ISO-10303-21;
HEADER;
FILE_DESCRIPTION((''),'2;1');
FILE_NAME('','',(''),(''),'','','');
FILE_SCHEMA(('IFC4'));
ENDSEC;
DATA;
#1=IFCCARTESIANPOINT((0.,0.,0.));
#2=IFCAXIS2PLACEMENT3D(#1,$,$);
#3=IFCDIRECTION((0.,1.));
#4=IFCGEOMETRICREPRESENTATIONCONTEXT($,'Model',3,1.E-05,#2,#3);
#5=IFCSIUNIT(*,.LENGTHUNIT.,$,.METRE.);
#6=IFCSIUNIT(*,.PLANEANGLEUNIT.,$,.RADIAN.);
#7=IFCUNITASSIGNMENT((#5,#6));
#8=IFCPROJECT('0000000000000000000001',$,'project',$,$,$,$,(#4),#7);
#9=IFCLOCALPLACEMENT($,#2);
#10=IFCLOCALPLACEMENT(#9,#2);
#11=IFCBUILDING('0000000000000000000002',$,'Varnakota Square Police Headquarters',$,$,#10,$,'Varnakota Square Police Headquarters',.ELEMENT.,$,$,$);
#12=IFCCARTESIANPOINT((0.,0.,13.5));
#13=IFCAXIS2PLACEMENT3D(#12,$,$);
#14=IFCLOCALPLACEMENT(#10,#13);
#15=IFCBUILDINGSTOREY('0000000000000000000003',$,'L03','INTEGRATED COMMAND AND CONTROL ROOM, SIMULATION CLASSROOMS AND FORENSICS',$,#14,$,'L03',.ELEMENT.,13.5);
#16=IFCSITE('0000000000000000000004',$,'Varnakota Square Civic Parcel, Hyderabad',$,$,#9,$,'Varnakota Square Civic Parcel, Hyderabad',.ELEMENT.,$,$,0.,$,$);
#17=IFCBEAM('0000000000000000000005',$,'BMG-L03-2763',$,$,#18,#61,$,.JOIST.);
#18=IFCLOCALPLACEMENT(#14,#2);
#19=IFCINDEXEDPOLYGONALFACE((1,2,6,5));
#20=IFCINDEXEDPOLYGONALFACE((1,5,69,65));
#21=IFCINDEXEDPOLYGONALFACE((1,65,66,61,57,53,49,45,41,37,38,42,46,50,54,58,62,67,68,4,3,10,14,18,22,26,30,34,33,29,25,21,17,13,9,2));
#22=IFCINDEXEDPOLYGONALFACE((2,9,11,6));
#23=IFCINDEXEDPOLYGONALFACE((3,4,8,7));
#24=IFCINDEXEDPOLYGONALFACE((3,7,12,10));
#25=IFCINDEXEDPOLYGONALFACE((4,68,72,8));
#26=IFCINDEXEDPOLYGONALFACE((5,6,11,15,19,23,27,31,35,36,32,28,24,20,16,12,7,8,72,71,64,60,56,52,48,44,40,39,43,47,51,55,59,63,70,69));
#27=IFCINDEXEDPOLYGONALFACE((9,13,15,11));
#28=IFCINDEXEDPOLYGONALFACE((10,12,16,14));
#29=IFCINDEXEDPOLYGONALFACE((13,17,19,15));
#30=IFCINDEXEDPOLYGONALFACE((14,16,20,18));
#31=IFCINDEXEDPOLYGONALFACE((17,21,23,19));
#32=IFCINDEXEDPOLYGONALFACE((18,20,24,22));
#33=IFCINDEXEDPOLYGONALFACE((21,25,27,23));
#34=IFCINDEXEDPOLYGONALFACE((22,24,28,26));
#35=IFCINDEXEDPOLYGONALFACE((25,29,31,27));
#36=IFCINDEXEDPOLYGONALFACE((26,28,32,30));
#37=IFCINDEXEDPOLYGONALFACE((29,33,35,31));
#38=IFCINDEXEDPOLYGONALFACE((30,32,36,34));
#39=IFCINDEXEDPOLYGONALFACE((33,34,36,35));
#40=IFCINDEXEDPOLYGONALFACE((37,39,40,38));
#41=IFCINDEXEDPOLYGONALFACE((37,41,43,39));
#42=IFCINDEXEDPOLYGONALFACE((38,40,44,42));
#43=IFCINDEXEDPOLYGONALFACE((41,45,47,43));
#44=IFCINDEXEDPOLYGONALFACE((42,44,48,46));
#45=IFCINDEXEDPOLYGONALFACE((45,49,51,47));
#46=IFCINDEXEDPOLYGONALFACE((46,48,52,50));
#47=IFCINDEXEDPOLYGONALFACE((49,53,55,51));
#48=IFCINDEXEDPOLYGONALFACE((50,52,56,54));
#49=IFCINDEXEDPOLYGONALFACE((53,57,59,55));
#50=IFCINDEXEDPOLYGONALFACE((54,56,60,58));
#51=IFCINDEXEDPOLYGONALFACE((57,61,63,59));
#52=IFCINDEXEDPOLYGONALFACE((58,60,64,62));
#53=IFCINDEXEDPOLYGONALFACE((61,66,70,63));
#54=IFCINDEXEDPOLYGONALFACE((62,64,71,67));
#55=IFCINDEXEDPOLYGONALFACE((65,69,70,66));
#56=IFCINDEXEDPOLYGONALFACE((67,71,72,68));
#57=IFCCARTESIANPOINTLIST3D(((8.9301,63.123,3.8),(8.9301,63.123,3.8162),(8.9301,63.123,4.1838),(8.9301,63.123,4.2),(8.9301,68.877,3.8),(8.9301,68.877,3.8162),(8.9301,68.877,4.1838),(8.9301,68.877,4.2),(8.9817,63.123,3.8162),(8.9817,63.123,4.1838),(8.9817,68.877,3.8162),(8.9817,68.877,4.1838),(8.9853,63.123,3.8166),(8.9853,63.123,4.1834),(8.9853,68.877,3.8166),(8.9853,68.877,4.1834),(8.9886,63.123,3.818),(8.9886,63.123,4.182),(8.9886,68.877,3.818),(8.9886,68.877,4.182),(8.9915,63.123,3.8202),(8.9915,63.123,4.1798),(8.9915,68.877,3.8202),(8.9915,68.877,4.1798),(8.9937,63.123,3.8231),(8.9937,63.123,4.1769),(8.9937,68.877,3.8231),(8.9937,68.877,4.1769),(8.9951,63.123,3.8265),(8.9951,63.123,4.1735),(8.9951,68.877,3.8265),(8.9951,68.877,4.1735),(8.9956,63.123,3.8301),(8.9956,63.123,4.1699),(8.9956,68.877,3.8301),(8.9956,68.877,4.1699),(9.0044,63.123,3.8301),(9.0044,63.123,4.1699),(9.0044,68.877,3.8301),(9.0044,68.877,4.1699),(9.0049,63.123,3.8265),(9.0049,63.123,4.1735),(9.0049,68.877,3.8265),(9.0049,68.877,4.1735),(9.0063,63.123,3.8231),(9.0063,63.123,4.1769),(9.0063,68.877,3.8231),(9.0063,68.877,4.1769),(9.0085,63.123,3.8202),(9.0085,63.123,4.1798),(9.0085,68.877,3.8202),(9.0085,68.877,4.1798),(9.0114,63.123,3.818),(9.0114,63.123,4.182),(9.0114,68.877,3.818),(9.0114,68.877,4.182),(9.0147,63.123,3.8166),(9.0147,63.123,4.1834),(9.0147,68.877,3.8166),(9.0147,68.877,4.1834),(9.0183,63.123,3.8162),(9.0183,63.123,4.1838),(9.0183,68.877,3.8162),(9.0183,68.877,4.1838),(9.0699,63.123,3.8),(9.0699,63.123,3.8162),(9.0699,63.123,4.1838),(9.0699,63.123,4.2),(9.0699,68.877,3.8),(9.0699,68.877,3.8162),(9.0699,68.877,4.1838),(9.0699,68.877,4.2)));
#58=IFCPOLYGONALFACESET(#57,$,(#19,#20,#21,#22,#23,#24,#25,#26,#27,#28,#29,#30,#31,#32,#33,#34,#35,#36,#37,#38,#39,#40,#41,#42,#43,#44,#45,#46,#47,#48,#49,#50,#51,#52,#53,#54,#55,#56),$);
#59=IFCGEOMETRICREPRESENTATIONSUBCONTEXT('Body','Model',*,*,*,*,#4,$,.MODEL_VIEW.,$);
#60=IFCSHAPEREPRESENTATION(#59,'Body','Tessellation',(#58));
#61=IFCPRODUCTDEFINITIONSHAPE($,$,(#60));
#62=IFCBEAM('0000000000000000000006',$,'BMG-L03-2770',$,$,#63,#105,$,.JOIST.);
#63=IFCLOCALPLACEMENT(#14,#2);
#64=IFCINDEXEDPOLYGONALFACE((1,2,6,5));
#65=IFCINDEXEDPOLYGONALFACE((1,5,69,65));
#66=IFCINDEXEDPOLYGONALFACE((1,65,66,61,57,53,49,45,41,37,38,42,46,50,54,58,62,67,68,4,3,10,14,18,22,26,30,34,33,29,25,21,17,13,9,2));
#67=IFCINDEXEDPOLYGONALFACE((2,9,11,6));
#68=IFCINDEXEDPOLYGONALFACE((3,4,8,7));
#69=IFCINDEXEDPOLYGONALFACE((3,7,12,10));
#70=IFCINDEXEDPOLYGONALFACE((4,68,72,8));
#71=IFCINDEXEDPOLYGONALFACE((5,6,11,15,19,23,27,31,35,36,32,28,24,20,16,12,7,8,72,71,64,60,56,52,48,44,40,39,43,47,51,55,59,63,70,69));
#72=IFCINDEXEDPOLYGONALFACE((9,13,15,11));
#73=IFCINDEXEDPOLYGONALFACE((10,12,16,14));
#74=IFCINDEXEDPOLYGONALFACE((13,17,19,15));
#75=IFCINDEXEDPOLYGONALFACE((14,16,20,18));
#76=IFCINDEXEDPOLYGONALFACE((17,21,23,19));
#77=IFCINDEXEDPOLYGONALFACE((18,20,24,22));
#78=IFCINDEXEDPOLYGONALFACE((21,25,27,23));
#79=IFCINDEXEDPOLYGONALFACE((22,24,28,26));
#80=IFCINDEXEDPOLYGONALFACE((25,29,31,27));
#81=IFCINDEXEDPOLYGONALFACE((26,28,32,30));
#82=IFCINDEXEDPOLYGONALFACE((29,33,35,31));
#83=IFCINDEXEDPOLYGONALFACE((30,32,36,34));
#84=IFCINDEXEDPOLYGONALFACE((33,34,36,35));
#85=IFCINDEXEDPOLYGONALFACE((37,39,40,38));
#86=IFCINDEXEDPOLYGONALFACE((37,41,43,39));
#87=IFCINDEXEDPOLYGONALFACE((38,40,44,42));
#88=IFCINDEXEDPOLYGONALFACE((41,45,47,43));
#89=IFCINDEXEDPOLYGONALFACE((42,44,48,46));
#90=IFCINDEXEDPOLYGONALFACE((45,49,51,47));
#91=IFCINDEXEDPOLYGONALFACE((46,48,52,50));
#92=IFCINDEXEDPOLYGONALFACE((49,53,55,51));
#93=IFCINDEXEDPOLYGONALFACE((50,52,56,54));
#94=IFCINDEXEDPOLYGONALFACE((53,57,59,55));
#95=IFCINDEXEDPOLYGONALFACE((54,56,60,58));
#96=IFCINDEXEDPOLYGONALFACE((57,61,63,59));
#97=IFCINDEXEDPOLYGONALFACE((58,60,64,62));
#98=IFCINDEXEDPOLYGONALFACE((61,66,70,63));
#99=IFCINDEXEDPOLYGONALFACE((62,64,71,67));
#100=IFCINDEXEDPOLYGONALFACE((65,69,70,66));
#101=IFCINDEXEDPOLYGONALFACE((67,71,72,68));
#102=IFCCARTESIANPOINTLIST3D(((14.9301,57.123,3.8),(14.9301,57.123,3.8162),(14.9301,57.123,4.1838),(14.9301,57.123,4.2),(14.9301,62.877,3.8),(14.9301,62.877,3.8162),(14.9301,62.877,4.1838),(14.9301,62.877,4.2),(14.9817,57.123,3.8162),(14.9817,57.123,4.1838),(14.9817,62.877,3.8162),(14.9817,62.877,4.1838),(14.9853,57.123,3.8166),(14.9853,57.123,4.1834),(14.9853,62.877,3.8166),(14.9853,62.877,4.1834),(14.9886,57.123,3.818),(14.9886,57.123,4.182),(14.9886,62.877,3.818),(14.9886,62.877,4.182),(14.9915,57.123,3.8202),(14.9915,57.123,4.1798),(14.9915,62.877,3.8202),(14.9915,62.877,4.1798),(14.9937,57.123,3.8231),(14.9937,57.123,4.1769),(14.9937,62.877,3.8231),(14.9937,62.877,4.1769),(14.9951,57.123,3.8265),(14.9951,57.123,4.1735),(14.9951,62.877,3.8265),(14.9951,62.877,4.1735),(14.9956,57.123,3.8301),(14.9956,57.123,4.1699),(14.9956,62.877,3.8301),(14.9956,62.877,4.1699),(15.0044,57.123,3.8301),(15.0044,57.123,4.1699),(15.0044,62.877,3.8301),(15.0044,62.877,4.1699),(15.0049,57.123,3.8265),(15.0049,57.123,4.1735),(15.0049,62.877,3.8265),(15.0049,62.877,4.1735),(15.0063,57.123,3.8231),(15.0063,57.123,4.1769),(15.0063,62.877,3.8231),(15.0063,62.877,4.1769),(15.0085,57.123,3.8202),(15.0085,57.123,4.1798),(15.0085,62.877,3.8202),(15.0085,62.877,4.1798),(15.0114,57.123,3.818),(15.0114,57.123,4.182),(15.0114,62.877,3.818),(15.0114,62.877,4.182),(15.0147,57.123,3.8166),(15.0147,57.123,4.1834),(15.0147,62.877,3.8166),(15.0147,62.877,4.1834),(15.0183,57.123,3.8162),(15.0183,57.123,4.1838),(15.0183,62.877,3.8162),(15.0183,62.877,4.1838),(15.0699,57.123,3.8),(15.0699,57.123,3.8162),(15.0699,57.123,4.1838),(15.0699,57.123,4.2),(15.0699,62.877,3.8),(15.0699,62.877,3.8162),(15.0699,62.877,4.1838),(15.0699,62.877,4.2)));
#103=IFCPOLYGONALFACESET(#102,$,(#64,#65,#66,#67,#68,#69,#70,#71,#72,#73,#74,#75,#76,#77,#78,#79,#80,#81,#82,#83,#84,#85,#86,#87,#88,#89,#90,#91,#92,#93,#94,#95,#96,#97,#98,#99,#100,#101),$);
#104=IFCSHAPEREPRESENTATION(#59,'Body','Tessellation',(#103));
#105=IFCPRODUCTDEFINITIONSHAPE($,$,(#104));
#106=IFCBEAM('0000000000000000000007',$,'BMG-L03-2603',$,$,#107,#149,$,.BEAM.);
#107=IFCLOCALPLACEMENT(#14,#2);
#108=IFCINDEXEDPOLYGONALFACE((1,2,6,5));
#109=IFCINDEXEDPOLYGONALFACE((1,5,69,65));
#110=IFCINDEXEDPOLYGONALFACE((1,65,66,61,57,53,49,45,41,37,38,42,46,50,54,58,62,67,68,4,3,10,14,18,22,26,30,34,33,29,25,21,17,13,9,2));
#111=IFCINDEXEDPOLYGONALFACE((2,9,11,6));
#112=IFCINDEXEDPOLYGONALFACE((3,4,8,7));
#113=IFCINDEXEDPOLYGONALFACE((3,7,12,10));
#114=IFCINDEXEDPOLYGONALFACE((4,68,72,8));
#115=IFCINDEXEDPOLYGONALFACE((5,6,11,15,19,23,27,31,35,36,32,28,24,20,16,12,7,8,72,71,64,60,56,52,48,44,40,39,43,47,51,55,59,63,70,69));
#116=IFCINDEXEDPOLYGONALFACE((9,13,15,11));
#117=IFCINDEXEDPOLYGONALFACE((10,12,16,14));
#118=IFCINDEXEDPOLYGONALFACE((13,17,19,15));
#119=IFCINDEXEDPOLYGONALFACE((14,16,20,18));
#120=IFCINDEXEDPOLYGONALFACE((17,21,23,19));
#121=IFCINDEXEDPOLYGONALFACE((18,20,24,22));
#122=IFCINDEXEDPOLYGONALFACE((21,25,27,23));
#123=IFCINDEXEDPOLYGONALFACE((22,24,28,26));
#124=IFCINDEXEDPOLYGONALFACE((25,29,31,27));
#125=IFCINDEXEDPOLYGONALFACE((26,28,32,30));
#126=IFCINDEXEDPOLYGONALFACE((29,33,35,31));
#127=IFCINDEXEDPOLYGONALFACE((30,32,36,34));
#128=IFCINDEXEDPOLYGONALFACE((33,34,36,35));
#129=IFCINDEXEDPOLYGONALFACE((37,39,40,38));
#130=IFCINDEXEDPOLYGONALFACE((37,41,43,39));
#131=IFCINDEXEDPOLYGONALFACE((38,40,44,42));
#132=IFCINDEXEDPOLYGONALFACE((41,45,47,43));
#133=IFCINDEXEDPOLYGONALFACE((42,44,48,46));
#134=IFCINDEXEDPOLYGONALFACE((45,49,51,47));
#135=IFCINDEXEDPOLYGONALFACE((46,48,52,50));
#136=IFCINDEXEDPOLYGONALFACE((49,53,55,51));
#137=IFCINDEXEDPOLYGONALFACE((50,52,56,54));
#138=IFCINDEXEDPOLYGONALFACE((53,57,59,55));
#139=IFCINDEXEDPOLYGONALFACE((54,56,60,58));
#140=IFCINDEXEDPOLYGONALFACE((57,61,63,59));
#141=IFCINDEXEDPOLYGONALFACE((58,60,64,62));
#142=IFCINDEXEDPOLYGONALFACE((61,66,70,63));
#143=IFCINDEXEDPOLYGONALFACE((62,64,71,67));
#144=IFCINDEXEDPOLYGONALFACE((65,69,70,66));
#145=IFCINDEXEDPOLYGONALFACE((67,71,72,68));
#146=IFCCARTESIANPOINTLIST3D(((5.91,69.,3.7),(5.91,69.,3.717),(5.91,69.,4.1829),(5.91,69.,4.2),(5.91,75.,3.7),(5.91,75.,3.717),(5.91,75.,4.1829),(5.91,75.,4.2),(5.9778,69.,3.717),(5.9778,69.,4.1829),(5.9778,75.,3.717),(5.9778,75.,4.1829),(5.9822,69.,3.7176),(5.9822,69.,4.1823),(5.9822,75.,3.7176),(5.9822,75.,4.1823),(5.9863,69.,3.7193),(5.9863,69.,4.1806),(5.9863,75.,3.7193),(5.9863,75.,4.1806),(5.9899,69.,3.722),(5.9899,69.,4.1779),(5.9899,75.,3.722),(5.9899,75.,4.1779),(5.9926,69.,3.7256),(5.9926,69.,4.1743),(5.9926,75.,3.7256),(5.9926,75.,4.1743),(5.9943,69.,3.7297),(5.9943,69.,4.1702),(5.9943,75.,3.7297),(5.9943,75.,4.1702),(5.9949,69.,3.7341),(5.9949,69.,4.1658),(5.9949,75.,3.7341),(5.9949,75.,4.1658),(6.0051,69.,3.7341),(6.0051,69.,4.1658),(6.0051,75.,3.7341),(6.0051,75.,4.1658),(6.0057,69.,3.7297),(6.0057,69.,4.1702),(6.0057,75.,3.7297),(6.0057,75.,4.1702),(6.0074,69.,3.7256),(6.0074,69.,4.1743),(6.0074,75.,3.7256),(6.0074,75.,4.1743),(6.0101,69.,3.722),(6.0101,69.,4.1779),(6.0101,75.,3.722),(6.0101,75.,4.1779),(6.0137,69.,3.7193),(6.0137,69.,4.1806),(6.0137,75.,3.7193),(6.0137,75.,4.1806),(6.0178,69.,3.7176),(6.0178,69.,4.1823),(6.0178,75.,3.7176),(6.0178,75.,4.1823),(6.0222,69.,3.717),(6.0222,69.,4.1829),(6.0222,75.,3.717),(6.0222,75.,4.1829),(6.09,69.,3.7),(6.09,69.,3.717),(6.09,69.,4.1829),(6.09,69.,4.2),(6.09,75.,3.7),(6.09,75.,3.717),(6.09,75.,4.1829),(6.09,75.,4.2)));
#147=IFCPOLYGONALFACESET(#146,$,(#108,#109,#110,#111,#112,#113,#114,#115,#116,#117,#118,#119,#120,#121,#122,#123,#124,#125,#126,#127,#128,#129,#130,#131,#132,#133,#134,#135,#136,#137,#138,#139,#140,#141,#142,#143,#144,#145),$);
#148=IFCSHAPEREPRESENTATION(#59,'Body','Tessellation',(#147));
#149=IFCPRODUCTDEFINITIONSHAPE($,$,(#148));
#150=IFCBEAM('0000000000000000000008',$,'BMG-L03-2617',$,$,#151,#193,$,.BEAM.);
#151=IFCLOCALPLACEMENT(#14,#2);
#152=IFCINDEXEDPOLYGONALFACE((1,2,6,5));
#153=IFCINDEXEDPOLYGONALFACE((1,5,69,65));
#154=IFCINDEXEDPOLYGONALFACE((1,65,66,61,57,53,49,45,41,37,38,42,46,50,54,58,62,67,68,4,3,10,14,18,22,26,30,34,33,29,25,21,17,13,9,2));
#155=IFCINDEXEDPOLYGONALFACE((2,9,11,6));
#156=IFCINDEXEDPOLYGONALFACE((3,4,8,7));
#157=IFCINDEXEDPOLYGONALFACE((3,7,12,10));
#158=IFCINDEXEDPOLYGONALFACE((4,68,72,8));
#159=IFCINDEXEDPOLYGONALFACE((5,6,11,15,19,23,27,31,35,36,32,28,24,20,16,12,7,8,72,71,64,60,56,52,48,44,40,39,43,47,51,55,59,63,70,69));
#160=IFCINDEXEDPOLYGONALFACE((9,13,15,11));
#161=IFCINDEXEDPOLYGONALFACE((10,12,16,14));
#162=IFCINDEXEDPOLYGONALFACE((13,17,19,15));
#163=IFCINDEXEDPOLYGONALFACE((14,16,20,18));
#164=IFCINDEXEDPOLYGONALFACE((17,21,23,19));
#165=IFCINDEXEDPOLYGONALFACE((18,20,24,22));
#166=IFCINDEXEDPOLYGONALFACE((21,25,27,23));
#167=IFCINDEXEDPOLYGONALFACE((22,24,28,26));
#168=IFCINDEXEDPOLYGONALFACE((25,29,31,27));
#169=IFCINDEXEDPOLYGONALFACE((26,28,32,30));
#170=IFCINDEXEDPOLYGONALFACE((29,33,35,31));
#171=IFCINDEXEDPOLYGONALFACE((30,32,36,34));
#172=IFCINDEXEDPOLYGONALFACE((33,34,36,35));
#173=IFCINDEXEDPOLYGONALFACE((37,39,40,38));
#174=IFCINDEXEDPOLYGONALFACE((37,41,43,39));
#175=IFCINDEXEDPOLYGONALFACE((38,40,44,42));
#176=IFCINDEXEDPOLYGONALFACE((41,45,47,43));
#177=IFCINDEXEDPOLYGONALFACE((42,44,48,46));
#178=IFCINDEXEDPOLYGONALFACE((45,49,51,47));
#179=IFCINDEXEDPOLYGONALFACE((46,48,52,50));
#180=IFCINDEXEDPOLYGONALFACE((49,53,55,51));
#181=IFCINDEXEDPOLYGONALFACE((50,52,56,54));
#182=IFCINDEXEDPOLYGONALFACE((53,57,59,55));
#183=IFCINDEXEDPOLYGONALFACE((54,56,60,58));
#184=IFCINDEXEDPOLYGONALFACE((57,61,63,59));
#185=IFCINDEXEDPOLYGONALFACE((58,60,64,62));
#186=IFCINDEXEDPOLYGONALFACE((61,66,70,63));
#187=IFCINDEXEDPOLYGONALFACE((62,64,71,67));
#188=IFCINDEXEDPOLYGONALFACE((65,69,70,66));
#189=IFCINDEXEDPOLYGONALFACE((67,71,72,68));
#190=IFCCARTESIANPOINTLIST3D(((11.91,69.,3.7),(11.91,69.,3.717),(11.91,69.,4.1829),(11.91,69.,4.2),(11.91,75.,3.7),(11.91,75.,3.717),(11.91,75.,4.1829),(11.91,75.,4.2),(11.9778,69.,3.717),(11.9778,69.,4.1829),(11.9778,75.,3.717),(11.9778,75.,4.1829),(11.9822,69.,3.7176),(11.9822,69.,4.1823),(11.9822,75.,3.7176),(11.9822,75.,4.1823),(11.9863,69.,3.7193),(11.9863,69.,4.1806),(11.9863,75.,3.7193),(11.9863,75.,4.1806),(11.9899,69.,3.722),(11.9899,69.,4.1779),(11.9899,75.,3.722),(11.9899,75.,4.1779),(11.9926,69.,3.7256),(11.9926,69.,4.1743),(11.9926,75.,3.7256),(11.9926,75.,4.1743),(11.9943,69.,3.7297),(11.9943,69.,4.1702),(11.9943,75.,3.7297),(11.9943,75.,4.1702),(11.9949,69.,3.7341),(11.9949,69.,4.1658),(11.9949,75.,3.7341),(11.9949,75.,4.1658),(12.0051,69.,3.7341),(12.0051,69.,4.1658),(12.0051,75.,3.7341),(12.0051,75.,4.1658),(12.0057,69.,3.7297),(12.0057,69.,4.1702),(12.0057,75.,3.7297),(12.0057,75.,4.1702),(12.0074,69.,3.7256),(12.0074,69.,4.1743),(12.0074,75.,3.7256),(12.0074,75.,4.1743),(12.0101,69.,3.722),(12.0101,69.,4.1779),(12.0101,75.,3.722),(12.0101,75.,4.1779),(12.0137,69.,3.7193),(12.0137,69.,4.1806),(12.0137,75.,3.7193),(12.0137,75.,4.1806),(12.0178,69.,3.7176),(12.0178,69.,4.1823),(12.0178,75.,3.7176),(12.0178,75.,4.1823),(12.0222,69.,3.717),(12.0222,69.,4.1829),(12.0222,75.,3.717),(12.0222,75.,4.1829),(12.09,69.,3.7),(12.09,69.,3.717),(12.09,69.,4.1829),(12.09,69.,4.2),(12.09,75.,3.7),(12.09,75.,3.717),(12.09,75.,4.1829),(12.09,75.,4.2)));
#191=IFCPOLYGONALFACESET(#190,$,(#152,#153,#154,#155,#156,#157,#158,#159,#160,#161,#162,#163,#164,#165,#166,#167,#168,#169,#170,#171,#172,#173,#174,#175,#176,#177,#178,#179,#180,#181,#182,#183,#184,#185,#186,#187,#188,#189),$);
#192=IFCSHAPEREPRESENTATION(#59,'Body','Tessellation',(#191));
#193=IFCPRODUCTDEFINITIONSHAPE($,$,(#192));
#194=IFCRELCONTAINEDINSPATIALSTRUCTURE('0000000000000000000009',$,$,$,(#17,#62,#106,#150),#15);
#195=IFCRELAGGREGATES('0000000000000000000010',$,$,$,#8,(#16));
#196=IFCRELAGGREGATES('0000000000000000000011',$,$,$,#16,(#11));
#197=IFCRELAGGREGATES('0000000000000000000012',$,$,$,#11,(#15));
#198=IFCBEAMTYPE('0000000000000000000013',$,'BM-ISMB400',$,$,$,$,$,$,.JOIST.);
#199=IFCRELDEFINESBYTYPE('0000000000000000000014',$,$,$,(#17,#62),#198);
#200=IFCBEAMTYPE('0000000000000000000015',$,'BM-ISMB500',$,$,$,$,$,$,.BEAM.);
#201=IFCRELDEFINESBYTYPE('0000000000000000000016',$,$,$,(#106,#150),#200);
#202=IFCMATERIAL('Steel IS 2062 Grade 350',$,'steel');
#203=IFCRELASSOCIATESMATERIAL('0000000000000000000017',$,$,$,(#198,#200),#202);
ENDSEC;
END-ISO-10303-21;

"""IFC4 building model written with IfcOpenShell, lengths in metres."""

from ifc_helpers import new_model, si_unit, direction, frame, origin, origin_2d, place, context, subcontext, project, spatial, i_section, extrude, material, material_profile, profile_set, type_object, element, save


model = new_model("IFC4")

# Units and contexts
model_context = context("Model", 3, precision=1e-05, world=origin(), true_north=direction((0.0, 1.0)))
body_context = subcontext(model_context, "Body", "Model", "MODEL_VIEW")
ifc_project = project(units=[si_unit("LENGTHUNIT", "METRE"), si_unit("PLANEANGLEUNIT", "RADIAN")], contexts=[model_context])

# Site, building, storey
site_placement = place(None, origin())
site = spatial("IfcSite", under=ifc_project, at=site_placement, Name="Varnakota Square Civic Parcel, Hyderabad", LongName="Varnakota Square Civic Parcel, Hyderabad", CompositionType="ELEMENT", RefElevation=0.0)
building_placement = place(site_placement, origin())
building = spatial("IfcBuilding", under=site, at=building_placement, Name="Varnakota Square Police Headquarters", LongName="Varnakota Square Police Headquarters", CompositionType="ELEMENT")
storey_placement = place(building_placement, frame((0.0, 0.0, 13.5)))
storey = spatial("IfcBuildingStorey", under=building, at=storey_placement, Name="L03", Description="INTEGRATED COMMAND AND CONTROL ROOM, SIMULATION CLASSROOMS AND FORENSICS", LongName="L03", CompositionType="ELEMENT", Elevation=13.5)

# Shared definitions
ifc_material_1 = material(Name="Steel IS 2062 Grade 350", Category="steel")

# Beams
ifc_material_profile_1 = material_profile(ifc_material_1, i_section(OverallWidth=0.1399, OverallDepth=0.3999, WebThickness=0.0088, FlangeThickness=0.0161, FilletRadius=0.0139, at=origin_2d()), Name="ISMB 400")
ifc_profile_set_1 = profile_set([ifc_material_profile_1], Name="Steel IS 2062 Grade 350")
beam_type_1 = type_object("IfcBeamType", Name="BM-ISMB400", PredefinedType="JOIST", material=ifc_profile_set_1)
for number, where, z_axis, x_axis, name in (
    (1, (9.0, 63.123, 4.0), (0.0, 1.0, 0.0), (-1.0, 0.0, 0.0), "BMG-L03-2763"),
    (2, (15.0, 57.123, 4.0), (0.0, 1.0, 0.0), (-1.0, 0.0, 0.0), "BMG-L03-2770"),
):
    element("IfcBeam", number, at=place(storey_placement, frame(where, z_axis=z_axis, x_axis=x_axis)), inside=storey, type_object=beam_type_1, Name=name, PredefinedType="JOIST", context=body_context, shape_type="SweptSolid", body=[
        extrude(i_section(OverallWidth=0.1399, OverallDepth=0.3999, WebThickness=0.0088, FlangeThickness=0.0161, FilletRadius=0.0139, at=origin_2d()), origin(), (0.0, 0.0, 1.0), 5.7539),
    ])
ifc_material_profile_2 = material_profile(ifc_material_1, i_section(OverallWidth=0.1799, OverallDepth=0.5, WebThickness=0.0103, FlangeThickness=0.0171, FilletRadius=0.0171, at=origin_2d()), Name="ISMB 500")
ifc_profile_set_2 = profile_set([ifc_material_profile_2], Name="Steel IS 2062 Grade 350")
beam_type_2 = type_object("IfcBeamType", Name="BM-ISMB500", PredefinedType="BEAM", material=ifc_profile_set_2)
for number, where, z_axis, x_axis, name in (
    (3, (6.0, 69.0, 3.95), (0.0, 1.0, 0.0), (-1.0, 0.0, 0.0), "BMG-L03-2603"),
    (4, (12.0, 69.0, 3.95), (0.0, 1.0, 0.0), (-1.0, 0.0, 0.0), "BMG-L03-2617"),
):
    element("IfcBeam", number, at=place(storey_placement, frame(where, z_axis=z_axis, x_axis=x_axis)), inside=storey, type_object=beam_type_2, Name=name, PredefinedType="BEAM", context=body_context, shape_type="SweptSolid", body=[
        extrude(i_section(OverallWidth=0.1799, OverallDepth=0.5, WebThickness=0.0103, FlangeThickness=0.0171, FilletRadius=0.0171, at=origin_2d()), origin(), (0.0, 0.0, 1.0), 6.0),
    ])

save(model, "model.ifc")
